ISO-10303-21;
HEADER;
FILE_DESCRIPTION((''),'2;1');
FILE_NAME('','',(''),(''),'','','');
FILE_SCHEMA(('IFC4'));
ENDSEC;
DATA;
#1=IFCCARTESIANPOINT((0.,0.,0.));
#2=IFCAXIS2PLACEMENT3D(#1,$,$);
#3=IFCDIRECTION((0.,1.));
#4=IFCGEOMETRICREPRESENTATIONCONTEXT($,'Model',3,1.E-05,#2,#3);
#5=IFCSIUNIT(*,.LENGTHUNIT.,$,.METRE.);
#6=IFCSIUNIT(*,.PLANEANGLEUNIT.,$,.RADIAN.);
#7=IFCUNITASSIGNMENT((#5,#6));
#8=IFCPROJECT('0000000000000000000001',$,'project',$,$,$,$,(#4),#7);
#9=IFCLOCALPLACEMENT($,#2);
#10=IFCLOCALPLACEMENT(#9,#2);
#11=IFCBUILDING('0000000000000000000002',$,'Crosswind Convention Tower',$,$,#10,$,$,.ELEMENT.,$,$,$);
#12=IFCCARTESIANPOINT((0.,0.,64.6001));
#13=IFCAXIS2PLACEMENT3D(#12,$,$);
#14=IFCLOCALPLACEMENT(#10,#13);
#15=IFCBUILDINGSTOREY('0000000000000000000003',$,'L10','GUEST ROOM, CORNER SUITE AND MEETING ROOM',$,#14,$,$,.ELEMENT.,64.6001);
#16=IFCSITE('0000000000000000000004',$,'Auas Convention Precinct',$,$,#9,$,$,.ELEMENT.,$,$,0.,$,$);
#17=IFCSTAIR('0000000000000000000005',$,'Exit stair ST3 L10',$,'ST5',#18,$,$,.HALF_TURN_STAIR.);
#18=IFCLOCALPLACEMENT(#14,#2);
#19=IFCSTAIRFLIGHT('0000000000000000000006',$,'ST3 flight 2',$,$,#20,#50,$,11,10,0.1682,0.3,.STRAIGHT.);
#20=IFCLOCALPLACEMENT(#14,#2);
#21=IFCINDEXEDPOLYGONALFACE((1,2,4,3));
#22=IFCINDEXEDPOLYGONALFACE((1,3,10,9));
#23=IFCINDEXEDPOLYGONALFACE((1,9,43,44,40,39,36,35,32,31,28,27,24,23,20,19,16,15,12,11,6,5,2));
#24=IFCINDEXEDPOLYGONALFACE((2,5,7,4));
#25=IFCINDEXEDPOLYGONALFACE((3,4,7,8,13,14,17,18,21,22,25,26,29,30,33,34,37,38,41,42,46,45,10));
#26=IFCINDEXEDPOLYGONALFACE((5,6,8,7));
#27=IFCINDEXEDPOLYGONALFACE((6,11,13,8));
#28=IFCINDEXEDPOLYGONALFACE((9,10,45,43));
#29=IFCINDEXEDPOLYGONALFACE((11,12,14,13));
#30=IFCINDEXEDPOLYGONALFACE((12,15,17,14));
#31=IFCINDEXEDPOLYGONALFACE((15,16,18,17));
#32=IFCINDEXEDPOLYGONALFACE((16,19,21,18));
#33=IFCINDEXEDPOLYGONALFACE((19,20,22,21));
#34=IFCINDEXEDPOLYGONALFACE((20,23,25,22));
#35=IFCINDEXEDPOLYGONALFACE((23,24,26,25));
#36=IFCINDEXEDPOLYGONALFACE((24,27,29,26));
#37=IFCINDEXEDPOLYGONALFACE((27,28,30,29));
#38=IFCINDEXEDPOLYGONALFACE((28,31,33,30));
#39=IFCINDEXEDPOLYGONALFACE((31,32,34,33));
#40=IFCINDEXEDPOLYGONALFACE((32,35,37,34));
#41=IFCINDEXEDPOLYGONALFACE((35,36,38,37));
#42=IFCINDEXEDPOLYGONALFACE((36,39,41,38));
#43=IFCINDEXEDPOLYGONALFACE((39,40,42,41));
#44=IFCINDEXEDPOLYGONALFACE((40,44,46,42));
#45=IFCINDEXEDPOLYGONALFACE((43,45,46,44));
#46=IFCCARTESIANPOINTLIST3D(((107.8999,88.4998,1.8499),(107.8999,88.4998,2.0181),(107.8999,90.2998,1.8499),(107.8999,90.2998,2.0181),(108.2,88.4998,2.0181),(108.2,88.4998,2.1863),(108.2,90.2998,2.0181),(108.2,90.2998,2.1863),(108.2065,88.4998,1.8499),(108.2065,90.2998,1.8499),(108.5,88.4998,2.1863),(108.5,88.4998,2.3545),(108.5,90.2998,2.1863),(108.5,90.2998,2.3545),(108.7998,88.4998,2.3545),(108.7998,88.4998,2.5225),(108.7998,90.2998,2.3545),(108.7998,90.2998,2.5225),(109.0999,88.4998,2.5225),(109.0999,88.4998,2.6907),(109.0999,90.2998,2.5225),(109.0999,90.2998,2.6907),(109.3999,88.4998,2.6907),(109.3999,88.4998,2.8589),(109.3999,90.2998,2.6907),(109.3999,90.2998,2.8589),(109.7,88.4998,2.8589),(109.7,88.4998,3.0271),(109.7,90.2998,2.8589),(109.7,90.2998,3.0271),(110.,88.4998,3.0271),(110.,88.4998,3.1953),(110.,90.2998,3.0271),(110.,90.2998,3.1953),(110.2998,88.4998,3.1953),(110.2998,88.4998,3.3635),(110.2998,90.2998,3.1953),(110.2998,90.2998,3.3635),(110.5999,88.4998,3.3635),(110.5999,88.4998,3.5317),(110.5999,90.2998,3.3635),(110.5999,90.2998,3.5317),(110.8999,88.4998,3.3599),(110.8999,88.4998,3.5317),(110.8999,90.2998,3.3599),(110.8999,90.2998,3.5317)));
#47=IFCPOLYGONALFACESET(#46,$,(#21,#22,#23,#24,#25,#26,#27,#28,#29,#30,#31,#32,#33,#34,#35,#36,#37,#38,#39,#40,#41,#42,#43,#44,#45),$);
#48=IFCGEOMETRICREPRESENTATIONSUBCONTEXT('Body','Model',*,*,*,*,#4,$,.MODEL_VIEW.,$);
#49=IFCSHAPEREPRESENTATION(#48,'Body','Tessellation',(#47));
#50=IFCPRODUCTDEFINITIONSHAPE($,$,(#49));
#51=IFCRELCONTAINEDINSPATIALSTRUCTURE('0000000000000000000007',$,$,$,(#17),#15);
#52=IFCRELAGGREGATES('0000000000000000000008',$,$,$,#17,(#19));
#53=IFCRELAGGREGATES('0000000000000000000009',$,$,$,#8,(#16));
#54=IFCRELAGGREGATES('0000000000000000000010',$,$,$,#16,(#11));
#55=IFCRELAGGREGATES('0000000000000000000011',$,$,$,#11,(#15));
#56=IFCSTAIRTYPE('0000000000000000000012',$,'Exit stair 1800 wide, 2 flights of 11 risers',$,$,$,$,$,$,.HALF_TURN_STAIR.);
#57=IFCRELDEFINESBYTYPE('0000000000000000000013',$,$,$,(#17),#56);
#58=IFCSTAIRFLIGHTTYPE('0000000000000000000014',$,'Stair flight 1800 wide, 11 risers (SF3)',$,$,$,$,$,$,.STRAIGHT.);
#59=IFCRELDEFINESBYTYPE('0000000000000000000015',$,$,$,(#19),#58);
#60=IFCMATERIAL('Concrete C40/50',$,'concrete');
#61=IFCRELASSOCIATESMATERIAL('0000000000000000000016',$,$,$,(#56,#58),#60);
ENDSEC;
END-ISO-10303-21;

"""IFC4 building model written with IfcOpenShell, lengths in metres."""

from ifc_helpers import new_model, si_unit, direction, frame, origin, place, context, subcontext, project, spatial, polyline, outline, extrude, material, type_object, element, aggregate, save


model = new_model("IFC4")

# Units and contexts
model_context = context("Model", 3, precision=1e-05, world=origin(), true_north=direction((0.0, 1.0)))
body_context = subcontext(model_context, "Body", "Model", "MODEL_VIEW")
ifc_project = project(units=[si_unit("LENGTHUNIT", "METRE"), si_unit("PLANEANGLEUNIT", "RADIAN")], contexts=[model_context])

# Site, building, storey
site_placement = place(None, origin())
site = spatial("IfcSite", under=ifc_project, at=site_placement, Name="Auas Convention Precinct", CompositionType="ELEMENT", RefElevation=0.0)
building_placement = place(site_placement, origin())
building = spatial("IfcBuilding", under=site, at=building_placement, Name="Crosswind Convention Tower", CompositionType="ELEMENT")
storey_placement = place(building_placement, frame((0.0, 0.0, 64.6001)))
storey = spatial("IfcBuildingStorey", under=building, at=storey_placement, Name="L10", Description="GUEST ROOM, CORNER SUITE AND MEETING ROOM", CompositionType="ELEMENT", Elevation=64.6001)

# Stair, stair flight
ifc_material_1 = material(Name="Concrete C40/50", Category="concrete")
stair_type = type_object("IfcStairType", Name="Exit stair 1800 wide, 2 flights of 11 risers", PredefinedType="HALF_TURN_STAIR", material=ifc_material_1)
stair_placement = place(storey_placement, origin())
stair = element("IfcStair", 1, at=stair_placement, inside=storey, type_object=stair_type, Name="Exit stair ST3 L10", ObjectType="ST5", PredefinedType="HALF_TURN_STAIR")
stair_flight_type = type_object("IfcStairFlightType", Name="Stair flight 1800 wide, 11 risers (SF3)", PredefinedType="STRAIGHT", material=ifc_material_1)
stair_flight_1_placement = place(storey_placement, frame((107.8999, 89.3999, 1.8499), z_axis=(0.0, 0.0, 1.0), x_axis=(1.0, 0.0, 0.0)))
stair_flight_1 = element("IfcStairFlight", 2, at=stair_flight_1_placement, type_object=stair_flight_type, Name="ST3 flight 2", NumberOfRisers=11, NumberOfTreads=10, PredefinedType="STRAIGHT", RiserHeight=0.1682, TreadLength=0.3, context=body_context, shape_type="SweptSolid", body=[
    extrude(outline(polyline([(0.0, 0.0), (0.0, 0.1682), (0.3, 0.1682), (0.3, 0.3364), (0.6001, 0.3364), (0.6001, 0.5046), (0.8999, 0.5046), (0.8999, 0.6726), (1.2, 0.6726), (1.2, 0.8408), (1.5, 0.8408), (1.5, 1.009), (1.8, 1.009), (1.8, 1.1772), (2.1001, 1.1772), (2.1001, 1.3455), (2.3999, 1.3455), (2.3999, 1.5137), (2.7, 1.5137), (2.7, 1.6819), (3.0, 1.6819), (3.0, 1.8501), (3.0, 1.51), (0.3066, 0.0), (0.0, 0.0)])), frame((0.0, 0.8999, 0.0), z_axis=(0.0, -1.0, 0.0), x_axis=(1.0, 0.0, 0.0)), (0.0, 0.0, 1.0), 1.8),
])
aggregate(stair, [stair_flight_1])

save(model, "model.ifc")
